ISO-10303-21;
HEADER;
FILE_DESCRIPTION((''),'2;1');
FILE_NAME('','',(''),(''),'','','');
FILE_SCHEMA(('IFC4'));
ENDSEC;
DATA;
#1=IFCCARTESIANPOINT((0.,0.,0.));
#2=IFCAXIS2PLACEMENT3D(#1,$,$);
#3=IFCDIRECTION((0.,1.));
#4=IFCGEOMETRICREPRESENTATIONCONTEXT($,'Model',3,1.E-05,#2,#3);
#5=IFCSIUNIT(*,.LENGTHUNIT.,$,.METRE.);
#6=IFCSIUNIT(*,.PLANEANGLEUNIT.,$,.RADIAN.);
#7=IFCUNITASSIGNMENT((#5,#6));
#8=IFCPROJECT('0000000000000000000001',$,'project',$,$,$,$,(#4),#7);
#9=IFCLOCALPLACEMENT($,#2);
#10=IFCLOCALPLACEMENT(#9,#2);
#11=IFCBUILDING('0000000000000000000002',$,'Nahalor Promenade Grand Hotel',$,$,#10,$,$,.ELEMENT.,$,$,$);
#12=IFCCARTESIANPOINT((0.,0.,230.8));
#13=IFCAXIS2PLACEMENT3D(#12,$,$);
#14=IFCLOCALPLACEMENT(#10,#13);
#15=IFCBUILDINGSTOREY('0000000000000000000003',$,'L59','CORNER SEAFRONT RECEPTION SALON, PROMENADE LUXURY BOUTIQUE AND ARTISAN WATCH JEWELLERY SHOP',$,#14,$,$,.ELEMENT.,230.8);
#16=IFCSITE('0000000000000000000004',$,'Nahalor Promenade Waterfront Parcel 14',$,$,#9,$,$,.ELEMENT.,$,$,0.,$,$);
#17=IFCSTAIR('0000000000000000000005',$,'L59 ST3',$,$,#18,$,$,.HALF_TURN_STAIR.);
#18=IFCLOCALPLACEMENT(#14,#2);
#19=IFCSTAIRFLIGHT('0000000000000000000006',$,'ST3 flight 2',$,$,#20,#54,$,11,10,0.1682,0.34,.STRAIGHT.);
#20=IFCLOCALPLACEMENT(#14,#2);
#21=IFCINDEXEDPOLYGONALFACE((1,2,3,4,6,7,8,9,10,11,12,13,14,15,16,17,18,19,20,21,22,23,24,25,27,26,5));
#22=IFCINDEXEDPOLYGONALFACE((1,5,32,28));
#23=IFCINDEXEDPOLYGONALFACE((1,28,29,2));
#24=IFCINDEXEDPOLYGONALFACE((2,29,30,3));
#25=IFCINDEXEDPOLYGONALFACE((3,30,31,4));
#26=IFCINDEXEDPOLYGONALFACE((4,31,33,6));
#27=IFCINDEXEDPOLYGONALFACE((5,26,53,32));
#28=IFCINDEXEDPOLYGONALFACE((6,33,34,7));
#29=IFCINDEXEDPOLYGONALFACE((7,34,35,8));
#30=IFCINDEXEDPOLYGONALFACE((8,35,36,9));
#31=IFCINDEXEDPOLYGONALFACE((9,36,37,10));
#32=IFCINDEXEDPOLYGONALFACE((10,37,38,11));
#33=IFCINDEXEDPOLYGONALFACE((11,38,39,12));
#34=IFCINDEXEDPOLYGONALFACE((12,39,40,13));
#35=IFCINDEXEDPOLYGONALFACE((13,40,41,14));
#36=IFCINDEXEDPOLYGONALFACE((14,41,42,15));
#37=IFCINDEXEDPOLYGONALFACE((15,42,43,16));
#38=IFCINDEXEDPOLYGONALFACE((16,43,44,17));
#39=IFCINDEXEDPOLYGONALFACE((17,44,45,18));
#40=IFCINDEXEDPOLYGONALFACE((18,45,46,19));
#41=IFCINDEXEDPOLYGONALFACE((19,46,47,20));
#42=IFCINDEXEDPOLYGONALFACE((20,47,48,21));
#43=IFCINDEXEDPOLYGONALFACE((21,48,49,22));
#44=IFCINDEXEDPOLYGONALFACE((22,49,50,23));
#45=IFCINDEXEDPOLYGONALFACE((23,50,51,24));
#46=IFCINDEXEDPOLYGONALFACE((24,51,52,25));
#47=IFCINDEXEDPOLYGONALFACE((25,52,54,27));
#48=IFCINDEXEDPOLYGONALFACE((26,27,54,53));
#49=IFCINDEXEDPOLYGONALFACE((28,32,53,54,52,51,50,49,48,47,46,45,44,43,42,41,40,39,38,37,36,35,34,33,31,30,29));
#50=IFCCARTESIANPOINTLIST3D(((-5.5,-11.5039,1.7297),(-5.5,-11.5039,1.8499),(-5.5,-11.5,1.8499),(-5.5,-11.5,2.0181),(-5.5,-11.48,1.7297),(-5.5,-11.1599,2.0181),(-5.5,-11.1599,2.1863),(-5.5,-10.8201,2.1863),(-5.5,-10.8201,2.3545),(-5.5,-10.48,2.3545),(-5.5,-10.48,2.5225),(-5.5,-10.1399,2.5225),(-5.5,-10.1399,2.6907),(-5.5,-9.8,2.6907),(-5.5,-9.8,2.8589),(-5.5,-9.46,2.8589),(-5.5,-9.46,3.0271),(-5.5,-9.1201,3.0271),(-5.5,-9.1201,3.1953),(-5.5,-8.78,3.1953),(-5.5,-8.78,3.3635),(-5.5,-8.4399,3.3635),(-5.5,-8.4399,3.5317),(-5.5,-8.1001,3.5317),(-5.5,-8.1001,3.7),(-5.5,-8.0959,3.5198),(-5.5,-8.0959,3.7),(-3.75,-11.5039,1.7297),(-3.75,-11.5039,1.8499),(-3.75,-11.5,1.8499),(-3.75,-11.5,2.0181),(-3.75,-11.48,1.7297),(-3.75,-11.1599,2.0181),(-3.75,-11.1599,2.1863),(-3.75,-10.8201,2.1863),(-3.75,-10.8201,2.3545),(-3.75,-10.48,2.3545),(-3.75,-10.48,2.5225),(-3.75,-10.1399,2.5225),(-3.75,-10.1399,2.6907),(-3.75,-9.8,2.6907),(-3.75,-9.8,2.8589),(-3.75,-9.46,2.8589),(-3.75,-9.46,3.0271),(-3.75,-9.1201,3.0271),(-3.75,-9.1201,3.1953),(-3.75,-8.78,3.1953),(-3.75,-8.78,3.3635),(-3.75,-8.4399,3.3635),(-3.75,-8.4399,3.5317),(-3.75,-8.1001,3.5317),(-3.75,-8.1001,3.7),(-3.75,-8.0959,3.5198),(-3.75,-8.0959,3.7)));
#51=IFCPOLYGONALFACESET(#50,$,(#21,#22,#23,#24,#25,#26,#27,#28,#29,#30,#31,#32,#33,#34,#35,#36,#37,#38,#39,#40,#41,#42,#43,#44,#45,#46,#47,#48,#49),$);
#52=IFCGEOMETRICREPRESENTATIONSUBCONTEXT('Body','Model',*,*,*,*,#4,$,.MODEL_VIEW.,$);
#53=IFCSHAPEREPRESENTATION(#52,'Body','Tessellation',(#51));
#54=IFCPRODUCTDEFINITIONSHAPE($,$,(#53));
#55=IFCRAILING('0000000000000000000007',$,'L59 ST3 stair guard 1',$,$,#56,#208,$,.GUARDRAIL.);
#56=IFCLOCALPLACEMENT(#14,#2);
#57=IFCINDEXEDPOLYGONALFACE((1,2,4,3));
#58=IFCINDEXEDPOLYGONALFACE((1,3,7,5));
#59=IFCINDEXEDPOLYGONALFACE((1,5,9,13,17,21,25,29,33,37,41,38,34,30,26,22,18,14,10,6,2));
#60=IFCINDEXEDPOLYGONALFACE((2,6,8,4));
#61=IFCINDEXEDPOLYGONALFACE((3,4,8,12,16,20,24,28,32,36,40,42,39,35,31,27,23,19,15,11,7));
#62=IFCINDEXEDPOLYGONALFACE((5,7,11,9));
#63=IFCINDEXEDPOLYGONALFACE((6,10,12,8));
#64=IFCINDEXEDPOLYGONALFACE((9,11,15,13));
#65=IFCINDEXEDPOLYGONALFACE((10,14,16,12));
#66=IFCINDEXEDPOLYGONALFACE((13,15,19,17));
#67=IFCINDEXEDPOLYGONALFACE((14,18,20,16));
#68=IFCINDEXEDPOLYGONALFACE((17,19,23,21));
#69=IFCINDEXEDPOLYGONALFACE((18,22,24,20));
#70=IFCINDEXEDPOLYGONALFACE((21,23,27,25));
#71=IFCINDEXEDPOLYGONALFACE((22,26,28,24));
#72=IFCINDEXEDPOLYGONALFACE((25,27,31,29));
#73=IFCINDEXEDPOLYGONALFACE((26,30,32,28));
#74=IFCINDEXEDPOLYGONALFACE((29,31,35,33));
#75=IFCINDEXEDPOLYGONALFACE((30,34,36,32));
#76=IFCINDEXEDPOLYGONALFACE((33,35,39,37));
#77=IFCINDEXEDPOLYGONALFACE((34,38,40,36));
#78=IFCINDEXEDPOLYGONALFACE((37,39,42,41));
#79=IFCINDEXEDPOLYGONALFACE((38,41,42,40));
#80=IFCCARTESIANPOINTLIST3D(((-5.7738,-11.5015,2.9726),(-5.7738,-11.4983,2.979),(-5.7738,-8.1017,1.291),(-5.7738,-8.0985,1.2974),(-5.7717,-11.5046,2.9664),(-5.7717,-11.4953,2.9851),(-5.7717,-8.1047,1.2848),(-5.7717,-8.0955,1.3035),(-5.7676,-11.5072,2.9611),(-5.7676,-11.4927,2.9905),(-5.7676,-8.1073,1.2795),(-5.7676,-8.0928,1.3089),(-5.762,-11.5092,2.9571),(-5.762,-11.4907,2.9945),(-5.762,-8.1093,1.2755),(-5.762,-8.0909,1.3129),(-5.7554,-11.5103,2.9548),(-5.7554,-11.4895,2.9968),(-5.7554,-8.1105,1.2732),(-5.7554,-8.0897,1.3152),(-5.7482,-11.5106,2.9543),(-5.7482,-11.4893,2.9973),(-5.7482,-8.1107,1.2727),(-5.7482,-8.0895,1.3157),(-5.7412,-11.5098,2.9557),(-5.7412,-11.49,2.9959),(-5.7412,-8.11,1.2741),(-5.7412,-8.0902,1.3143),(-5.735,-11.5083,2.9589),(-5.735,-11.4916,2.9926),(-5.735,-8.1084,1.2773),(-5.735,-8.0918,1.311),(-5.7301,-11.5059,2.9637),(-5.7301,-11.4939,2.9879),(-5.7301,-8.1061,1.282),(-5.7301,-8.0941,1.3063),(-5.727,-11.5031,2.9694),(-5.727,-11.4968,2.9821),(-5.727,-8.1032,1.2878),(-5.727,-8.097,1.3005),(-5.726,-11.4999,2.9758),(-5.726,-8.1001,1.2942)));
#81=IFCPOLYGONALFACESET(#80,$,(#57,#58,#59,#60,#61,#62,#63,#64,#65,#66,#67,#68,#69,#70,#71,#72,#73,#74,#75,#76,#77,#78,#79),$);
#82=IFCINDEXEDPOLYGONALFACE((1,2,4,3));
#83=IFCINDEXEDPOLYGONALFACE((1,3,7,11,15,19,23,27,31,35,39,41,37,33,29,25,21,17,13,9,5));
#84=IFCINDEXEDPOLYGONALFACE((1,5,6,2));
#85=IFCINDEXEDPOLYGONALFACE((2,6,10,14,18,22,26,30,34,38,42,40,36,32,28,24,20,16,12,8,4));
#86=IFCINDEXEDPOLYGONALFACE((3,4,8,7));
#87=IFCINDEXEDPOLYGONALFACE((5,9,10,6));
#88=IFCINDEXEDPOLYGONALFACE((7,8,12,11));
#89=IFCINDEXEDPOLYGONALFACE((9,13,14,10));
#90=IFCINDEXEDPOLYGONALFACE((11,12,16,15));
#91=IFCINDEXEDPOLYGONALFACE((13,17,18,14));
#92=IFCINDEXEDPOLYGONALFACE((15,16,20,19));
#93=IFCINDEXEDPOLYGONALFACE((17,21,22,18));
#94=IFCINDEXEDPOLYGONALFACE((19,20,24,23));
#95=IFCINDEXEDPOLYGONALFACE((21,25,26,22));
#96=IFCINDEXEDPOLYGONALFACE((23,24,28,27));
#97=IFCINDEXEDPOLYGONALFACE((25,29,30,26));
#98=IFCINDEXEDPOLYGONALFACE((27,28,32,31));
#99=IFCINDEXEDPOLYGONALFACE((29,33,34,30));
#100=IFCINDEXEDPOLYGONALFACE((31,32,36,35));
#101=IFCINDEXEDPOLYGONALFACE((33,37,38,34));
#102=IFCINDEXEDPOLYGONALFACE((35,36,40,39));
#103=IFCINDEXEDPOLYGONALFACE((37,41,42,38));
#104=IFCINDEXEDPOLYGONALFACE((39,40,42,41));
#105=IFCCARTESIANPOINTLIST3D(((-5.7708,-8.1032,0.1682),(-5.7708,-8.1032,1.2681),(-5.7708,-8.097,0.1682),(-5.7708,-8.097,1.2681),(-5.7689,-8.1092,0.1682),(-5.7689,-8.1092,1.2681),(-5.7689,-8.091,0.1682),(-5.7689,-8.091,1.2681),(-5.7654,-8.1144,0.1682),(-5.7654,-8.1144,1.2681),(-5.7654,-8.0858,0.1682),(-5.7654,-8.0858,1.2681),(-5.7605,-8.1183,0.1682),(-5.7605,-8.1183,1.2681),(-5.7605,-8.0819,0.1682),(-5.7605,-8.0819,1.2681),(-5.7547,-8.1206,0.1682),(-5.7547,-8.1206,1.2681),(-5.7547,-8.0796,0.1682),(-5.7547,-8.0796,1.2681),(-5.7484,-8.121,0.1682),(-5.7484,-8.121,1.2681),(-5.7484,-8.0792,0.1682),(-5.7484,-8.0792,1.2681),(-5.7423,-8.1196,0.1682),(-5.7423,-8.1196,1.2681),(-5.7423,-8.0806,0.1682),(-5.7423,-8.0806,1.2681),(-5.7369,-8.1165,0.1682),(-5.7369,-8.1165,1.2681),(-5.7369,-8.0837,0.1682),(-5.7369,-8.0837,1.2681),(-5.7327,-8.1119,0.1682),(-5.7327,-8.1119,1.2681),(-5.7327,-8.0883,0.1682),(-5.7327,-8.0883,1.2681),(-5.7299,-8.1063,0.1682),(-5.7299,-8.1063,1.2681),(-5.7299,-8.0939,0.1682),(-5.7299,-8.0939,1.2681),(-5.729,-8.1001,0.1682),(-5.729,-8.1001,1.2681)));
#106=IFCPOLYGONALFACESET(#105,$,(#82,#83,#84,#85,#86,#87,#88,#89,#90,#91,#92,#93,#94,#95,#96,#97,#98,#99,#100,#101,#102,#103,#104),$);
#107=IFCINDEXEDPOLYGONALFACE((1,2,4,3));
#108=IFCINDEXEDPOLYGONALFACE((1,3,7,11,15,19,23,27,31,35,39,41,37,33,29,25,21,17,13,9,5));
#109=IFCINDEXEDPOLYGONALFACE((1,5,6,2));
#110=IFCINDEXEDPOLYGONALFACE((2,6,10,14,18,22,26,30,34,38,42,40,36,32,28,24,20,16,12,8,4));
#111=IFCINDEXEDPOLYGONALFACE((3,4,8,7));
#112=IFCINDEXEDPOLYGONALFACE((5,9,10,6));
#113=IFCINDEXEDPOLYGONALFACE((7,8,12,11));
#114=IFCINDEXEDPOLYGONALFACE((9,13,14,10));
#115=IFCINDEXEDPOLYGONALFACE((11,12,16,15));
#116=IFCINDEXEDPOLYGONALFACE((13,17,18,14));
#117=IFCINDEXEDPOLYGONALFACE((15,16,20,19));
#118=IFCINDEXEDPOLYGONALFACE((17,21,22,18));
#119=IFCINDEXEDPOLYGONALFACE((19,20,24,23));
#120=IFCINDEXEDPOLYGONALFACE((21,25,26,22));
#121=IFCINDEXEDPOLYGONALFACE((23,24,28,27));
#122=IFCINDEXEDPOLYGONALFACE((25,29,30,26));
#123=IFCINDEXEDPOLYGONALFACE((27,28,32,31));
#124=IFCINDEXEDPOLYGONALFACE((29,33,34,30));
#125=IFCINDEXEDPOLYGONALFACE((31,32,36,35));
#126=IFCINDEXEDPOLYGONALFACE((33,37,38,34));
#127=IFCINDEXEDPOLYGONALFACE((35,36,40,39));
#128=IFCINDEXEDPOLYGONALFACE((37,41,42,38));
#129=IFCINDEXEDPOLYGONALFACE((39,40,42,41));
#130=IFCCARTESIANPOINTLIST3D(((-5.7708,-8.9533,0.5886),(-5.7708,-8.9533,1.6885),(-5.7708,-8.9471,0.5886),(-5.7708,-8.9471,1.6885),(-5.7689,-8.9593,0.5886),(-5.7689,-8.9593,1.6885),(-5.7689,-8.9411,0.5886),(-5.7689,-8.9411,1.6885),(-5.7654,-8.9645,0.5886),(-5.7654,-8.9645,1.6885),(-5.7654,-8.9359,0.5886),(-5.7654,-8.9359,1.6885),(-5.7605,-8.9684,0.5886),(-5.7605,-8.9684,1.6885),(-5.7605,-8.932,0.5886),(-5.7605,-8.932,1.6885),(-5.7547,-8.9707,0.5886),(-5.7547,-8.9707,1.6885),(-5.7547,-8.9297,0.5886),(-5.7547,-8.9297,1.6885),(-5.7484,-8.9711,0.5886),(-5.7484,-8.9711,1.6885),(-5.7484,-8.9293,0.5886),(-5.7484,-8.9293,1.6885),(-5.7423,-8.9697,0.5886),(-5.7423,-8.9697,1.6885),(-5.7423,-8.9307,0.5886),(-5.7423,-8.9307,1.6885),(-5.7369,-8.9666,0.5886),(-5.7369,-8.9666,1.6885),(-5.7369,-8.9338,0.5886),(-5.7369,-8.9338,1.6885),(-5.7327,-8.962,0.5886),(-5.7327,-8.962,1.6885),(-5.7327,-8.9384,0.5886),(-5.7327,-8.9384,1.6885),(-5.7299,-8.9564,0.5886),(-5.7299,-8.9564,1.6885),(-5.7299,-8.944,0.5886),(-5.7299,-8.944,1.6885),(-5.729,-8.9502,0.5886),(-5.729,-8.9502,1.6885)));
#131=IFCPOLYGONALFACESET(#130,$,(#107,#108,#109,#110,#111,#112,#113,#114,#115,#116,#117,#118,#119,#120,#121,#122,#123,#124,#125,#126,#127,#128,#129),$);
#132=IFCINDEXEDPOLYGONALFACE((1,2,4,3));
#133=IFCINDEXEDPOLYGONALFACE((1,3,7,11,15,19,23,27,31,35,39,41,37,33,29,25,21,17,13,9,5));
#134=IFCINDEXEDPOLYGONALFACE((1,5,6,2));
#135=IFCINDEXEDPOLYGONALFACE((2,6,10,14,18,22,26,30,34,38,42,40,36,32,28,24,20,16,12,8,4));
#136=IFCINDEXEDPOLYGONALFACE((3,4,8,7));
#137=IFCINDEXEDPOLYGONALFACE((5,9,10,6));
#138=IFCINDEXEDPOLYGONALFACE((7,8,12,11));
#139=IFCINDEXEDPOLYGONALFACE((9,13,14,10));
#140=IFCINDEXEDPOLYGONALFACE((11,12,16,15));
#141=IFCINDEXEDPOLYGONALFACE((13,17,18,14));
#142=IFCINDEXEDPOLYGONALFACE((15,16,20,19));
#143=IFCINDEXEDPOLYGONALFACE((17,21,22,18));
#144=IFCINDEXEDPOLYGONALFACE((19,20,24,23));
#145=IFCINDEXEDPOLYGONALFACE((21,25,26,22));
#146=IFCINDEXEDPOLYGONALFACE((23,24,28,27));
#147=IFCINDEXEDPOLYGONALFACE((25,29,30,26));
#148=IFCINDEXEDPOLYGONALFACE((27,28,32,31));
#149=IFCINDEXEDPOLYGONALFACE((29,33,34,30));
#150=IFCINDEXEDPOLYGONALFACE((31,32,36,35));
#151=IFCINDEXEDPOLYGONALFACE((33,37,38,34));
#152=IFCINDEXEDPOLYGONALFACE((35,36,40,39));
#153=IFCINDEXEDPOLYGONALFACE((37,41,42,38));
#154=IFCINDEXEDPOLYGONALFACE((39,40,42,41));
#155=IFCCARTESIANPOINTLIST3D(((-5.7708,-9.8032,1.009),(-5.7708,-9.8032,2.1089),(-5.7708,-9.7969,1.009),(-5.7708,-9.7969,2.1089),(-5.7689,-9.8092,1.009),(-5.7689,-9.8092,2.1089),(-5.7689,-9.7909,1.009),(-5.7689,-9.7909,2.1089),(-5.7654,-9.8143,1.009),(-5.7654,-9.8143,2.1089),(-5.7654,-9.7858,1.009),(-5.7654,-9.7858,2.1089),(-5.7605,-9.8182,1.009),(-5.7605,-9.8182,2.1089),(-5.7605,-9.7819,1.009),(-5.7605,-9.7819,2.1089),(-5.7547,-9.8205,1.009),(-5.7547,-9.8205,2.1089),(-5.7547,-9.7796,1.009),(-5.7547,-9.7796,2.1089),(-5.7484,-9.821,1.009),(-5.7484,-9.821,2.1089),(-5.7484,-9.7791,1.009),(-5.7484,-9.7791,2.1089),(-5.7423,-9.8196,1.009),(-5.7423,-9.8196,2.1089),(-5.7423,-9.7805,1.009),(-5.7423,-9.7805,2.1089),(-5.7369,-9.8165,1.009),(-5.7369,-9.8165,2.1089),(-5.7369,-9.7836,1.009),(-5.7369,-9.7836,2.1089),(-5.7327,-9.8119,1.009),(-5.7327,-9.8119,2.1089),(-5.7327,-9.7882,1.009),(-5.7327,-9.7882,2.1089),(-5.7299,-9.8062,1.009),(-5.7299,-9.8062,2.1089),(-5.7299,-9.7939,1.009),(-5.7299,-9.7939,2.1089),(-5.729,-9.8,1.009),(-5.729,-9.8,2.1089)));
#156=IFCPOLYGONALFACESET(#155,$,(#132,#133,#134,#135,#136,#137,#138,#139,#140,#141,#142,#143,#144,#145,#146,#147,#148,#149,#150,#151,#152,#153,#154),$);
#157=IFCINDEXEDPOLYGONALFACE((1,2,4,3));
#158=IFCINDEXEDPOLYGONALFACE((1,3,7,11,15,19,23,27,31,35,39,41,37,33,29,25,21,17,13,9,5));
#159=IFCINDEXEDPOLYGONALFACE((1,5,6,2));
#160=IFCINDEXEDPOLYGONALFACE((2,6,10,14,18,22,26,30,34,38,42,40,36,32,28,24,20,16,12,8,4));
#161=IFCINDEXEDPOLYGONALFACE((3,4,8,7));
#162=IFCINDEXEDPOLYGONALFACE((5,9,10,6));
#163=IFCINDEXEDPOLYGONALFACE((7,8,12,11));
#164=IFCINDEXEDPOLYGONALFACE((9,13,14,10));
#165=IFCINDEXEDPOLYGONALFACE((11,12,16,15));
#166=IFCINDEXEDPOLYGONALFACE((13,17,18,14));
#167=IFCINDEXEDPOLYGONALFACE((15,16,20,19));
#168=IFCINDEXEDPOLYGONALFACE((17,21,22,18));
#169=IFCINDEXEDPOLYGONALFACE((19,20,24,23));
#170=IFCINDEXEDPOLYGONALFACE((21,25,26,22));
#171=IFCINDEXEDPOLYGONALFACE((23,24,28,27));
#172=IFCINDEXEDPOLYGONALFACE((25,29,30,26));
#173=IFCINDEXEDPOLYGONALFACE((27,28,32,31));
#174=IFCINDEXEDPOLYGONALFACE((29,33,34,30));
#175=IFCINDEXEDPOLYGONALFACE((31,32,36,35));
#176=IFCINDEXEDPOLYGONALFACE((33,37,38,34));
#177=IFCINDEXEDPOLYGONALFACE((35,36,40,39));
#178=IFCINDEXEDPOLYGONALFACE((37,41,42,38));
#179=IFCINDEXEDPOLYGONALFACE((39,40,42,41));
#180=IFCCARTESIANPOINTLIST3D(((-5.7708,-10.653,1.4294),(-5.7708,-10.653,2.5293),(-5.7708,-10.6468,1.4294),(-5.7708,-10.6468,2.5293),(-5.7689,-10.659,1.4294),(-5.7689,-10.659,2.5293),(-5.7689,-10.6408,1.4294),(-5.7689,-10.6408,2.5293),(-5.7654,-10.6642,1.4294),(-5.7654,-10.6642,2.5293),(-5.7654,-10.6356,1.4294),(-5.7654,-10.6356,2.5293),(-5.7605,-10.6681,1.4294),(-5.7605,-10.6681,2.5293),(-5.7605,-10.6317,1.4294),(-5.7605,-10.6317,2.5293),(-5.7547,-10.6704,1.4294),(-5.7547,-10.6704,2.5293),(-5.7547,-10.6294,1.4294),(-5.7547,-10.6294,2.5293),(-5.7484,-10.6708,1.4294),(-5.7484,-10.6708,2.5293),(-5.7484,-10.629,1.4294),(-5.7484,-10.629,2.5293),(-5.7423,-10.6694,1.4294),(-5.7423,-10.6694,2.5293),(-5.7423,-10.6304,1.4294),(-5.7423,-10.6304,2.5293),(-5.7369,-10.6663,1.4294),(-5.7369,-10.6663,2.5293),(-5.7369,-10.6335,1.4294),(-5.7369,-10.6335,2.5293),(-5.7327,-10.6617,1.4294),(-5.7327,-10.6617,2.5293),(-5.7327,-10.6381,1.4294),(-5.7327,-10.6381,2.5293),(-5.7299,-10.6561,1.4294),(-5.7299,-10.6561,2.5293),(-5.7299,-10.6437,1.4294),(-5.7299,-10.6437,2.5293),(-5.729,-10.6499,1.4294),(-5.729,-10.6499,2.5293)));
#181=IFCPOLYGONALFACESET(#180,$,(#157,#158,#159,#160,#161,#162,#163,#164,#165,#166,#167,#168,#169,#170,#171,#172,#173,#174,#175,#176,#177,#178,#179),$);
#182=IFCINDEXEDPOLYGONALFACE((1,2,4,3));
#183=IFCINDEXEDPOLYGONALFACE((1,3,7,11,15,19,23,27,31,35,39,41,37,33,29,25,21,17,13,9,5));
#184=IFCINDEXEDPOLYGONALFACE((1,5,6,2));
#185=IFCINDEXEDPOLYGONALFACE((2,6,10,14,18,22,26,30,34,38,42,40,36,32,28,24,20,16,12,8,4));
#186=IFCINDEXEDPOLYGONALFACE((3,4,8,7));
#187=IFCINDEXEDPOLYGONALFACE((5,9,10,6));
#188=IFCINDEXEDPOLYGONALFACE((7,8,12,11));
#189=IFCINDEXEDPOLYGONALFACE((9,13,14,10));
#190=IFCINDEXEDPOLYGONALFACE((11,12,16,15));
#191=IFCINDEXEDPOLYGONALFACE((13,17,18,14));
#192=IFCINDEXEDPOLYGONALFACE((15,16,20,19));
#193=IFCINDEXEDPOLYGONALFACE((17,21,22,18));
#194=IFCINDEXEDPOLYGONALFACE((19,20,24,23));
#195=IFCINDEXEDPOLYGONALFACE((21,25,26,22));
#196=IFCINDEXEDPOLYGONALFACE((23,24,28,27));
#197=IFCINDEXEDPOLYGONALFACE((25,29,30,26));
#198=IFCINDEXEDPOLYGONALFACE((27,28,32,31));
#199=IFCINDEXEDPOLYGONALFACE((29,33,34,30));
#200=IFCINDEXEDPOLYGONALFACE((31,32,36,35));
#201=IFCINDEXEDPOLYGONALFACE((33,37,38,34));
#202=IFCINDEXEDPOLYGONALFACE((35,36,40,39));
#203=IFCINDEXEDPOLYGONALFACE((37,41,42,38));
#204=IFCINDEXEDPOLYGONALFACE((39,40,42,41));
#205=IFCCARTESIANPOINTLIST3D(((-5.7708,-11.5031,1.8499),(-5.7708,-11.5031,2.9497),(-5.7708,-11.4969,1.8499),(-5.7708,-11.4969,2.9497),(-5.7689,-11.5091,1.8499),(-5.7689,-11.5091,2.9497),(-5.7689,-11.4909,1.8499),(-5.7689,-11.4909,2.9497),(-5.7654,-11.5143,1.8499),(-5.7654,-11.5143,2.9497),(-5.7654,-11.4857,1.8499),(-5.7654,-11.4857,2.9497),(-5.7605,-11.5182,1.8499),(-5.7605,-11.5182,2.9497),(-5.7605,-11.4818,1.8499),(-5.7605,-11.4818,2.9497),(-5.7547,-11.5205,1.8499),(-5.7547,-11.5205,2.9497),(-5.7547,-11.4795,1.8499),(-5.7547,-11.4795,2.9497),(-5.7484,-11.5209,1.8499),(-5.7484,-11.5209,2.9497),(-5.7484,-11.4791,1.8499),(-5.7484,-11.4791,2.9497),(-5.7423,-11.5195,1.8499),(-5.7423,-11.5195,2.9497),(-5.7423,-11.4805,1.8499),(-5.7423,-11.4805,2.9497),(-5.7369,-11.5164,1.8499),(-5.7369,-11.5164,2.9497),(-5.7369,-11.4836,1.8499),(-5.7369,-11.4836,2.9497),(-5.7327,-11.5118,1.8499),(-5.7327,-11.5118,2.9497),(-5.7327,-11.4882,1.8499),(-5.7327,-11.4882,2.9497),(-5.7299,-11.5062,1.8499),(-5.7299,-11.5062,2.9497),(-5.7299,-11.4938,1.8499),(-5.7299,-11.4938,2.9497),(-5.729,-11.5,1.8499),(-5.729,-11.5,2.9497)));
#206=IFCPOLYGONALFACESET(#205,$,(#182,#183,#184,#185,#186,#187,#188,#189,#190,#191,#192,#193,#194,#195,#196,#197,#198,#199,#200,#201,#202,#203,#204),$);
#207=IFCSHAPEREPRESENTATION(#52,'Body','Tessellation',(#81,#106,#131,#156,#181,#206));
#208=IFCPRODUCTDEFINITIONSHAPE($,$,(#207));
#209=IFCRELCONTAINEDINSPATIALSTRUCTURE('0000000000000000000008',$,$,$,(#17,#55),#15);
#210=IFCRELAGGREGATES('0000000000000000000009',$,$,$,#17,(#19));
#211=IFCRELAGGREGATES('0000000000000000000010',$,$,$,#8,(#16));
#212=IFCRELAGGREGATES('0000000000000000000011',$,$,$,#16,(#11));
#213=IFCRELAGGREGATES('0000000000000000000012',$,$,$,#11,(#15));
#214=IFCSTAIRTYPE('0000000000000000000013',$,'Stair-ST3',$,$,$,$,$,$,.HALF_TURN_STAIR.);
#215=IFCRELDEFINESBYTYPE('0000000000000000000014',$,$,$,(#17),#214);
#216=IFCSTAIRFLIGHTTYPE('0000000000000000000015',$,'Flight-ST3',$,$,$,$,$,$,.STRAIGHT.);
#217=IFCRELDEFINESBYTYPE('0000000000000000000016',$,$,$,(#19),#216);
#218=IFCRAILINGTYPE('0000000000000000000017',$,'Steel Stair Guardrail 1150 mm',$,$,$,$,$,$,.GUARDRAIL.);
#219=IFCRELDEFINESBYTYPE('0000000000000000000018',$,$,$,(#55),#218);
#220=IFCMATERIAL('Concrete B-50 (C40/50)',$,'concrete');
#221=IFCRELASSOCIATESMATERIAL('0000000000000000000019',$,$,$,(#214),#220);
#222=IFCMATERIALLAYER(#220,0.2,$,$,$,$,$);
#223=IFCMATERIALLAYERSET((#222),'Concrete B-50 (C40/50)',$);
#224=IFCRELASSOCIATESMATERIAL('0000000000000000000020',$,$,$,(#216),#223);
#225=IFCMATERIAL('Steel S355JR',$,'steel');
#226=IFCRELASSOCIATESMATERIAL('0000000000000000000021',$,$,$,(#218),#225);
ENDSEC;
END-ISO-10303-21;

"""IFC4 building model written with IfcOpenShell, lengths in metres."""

from ifc_helpers import new_model, si_unit, direction, frame, origin, origin_2d, place, context, subcontext, project, spatial, polyline, circle, outline, extrude, source, transform, mapped, material, layer, layer_set, type_object, element, aggregate, save


model = new_model("IFC4")

# Units and contexts
model_context = context("Model", 3, precision=1e-05, world=origin(), true_north=direction((0.0, 1.0)))
body_context = subcontext(model_context, "Body", "Model", "MODEL_VIEW")
ifc_project = project(units=[si_unit("LENGTHUNIT", "METRE"), si_unit("PLANEANGLEUNIT", "RADIAN")], contexts=[model_context])

# Site, building, storey
site_placement = place(None, origin())
site = spatial("IfcSite", under=ifc_project, at=site_placement, Name="Nahalor Promenade Waterfront Parcel 14", CompositionType="ELEMENT", RefElevation=0.0)
building_placement = place(site_placement, origin())
building = spatial("IfcBuilding", under=site, at=building_placement, Name="Nahalor Promenade Grand Hotel", CompositionType="ELEMENT")
storey_placement = place(building_placement, frame((0.0, 0.0, 230.8)))
storey = spatial("IfcBuildingStorey", under=building, at=storey_placement, Name="L59", Description="CORNER SEAFRONT RECEPTION SALON, PROMENADE LUXURY BOUTIQUE AND ARTISAN WATCH JEWELLERY SHOP", CompositionType="ELEMENT", Elevation=230.8)

# Shared definitions
ifc_material_1 = material(Name="Steel S355JR", Category="steel")

# Shared definitions
ifc_material_2 = material(Name="Concrete B-50 (C40/50)", Category="concrete")

# Stair, stair flight
stair_type = type_object("IfcStairType", Name="Stair-ST3", PredefinedType="HALF_TURN_STAIR", material=ifc_material_2)
stair_placement = place(storey_placement, origin())
stair = element("IfcStair", 1, at=stair_placement, inside=storey, type_object=stair_type, Name="L59 ST3", PredefinedType="HALF_TURN_STAIR")
ifc_layer_1 = layer(ifc_material_2, 0.2)
ifc_layer_set_1 = layer_set([ifc_layer_1], Name="Concrete B-50 (C40/50)")
stair_flight_type = type_object("IfcStairFlightType", Name="Flight-ST3", PredefinedType="STRAIGHT", material=ifc_layer_set_1)
shared_shape_1 = source(origin(), body_context, "Body", "SweptSolid", [
    extrude(outline(polyline([(-0.0039, -0.1201), (-0.0039, 0.0), (0.0, 0.0), (0.0, 0.1682), (0.3401, 0.1682), (0.3401, 0.3364), (0.6799, 0.3364), (0.6799, 0.5046), (1.02, 0.5046), (1.02, 0.6726), (1.3601, 0.6726), (1.3601, 0.8408), (1.7, 0.8408), (1.7, 1.009), (2.04, 1.009), (2.04, 1.1772), (2.3799, 1.1772), (2.3799, 1.3455), (2.72, 1.3455), (2.72, 1.5137), (3.0601, 1.5137), (3.0601, 1.6819), (3.3999, 1.6819), (3.3999, 1.8501), (3.4041, 1.8501), (3.4041, 1.6699), (0.02, -0.1201), (-0.0039, -0.1201)])), frame((0.0, 0.875, 0.0), z_axis=(0.0, -1.0, 0.0), x_axis=(1.0, 0.0, 0.0)), (0.0, 0.0, 1.0), 1.75),
])
stair_flight_1_placement = place(storey_placement, frame((-4.625, -11.5, 1.8499), z_axis=(0.0, 0.0, 1.0), x_axis=(0.0, 1.0, 0.0)))
stair_flight_1 = element("IfcStairFlight", 2, at=stair_flight_1_placement, type_object=stair_flight_type, Name="ST3 flight 2", NumberOfRisers=11, NumberOfTreads=10, PredefinedType="STRAIGHT", RiserHeight=0.1682, TreadLength=0.34, context=body_context, shape_type="MappedRepresentation", body=[
    mapped(shared_shape_1, transform((0.0, 0.0, 0.0), scale=1.0)),
])
aggregate(stair, [stair_flight_1])

# Railing
railing_type_1 = type_object("IfcRailingType", Name="Steel Stair Guardrail 1150 mm", PredefinedType="GUARDRAIL", material=ifc_material_1)
railing_1_placement = place(storey_placement, frame((-5.75, -8.1001, 0.1682)))
element("IfcRailing", 3, at=railing_1_placement, inside=storey, type_object=railing_type_1, Name="L59 ST3 stair guard 1", PredefinedType="GUARDRAIL", context=body_context, shape_type="SweptSolid", body=[
    extrude(circle(Radius=0.024, at=origin_2d()), frame((0.0, 0.0, 1.126), z_axis=(0.0, -0.89635, 0.443348), x_axis=(1.0, 0.0, 0.0)), (0.0, 0.0, 1.0), 3.793),
    extrude(circle(Radius=0.021, at=origin_2d()), origin(), (0.0, 0.0, 1.0), 1.0999),
    extrude(circle(Radius=0.021, at=origin_2d()), frame((0.0, -0.8501, 0.4204)), (0.0, 0.0, 1.0), 1.0999),
    extrude(circle(Radius=0.021, at=origin_2d()), frame((0.0, -1.7, 0.8408)), (0.0, 0.0, 1.0), 1.0999),
    extrude(circle(Radius=0.021, at=origin_2d()), frame((0.0, -2.5498, 1.2612)), (0.0, 0.0, 1.0), 1.0999),
    extrude(circle(Radius=0.021, at=origin_2d()), frame((0.0, -3.3999, 1.6816)), (0.0, 0.0, 1.0), 1.0999),
])

save(model, "model.ifc")
